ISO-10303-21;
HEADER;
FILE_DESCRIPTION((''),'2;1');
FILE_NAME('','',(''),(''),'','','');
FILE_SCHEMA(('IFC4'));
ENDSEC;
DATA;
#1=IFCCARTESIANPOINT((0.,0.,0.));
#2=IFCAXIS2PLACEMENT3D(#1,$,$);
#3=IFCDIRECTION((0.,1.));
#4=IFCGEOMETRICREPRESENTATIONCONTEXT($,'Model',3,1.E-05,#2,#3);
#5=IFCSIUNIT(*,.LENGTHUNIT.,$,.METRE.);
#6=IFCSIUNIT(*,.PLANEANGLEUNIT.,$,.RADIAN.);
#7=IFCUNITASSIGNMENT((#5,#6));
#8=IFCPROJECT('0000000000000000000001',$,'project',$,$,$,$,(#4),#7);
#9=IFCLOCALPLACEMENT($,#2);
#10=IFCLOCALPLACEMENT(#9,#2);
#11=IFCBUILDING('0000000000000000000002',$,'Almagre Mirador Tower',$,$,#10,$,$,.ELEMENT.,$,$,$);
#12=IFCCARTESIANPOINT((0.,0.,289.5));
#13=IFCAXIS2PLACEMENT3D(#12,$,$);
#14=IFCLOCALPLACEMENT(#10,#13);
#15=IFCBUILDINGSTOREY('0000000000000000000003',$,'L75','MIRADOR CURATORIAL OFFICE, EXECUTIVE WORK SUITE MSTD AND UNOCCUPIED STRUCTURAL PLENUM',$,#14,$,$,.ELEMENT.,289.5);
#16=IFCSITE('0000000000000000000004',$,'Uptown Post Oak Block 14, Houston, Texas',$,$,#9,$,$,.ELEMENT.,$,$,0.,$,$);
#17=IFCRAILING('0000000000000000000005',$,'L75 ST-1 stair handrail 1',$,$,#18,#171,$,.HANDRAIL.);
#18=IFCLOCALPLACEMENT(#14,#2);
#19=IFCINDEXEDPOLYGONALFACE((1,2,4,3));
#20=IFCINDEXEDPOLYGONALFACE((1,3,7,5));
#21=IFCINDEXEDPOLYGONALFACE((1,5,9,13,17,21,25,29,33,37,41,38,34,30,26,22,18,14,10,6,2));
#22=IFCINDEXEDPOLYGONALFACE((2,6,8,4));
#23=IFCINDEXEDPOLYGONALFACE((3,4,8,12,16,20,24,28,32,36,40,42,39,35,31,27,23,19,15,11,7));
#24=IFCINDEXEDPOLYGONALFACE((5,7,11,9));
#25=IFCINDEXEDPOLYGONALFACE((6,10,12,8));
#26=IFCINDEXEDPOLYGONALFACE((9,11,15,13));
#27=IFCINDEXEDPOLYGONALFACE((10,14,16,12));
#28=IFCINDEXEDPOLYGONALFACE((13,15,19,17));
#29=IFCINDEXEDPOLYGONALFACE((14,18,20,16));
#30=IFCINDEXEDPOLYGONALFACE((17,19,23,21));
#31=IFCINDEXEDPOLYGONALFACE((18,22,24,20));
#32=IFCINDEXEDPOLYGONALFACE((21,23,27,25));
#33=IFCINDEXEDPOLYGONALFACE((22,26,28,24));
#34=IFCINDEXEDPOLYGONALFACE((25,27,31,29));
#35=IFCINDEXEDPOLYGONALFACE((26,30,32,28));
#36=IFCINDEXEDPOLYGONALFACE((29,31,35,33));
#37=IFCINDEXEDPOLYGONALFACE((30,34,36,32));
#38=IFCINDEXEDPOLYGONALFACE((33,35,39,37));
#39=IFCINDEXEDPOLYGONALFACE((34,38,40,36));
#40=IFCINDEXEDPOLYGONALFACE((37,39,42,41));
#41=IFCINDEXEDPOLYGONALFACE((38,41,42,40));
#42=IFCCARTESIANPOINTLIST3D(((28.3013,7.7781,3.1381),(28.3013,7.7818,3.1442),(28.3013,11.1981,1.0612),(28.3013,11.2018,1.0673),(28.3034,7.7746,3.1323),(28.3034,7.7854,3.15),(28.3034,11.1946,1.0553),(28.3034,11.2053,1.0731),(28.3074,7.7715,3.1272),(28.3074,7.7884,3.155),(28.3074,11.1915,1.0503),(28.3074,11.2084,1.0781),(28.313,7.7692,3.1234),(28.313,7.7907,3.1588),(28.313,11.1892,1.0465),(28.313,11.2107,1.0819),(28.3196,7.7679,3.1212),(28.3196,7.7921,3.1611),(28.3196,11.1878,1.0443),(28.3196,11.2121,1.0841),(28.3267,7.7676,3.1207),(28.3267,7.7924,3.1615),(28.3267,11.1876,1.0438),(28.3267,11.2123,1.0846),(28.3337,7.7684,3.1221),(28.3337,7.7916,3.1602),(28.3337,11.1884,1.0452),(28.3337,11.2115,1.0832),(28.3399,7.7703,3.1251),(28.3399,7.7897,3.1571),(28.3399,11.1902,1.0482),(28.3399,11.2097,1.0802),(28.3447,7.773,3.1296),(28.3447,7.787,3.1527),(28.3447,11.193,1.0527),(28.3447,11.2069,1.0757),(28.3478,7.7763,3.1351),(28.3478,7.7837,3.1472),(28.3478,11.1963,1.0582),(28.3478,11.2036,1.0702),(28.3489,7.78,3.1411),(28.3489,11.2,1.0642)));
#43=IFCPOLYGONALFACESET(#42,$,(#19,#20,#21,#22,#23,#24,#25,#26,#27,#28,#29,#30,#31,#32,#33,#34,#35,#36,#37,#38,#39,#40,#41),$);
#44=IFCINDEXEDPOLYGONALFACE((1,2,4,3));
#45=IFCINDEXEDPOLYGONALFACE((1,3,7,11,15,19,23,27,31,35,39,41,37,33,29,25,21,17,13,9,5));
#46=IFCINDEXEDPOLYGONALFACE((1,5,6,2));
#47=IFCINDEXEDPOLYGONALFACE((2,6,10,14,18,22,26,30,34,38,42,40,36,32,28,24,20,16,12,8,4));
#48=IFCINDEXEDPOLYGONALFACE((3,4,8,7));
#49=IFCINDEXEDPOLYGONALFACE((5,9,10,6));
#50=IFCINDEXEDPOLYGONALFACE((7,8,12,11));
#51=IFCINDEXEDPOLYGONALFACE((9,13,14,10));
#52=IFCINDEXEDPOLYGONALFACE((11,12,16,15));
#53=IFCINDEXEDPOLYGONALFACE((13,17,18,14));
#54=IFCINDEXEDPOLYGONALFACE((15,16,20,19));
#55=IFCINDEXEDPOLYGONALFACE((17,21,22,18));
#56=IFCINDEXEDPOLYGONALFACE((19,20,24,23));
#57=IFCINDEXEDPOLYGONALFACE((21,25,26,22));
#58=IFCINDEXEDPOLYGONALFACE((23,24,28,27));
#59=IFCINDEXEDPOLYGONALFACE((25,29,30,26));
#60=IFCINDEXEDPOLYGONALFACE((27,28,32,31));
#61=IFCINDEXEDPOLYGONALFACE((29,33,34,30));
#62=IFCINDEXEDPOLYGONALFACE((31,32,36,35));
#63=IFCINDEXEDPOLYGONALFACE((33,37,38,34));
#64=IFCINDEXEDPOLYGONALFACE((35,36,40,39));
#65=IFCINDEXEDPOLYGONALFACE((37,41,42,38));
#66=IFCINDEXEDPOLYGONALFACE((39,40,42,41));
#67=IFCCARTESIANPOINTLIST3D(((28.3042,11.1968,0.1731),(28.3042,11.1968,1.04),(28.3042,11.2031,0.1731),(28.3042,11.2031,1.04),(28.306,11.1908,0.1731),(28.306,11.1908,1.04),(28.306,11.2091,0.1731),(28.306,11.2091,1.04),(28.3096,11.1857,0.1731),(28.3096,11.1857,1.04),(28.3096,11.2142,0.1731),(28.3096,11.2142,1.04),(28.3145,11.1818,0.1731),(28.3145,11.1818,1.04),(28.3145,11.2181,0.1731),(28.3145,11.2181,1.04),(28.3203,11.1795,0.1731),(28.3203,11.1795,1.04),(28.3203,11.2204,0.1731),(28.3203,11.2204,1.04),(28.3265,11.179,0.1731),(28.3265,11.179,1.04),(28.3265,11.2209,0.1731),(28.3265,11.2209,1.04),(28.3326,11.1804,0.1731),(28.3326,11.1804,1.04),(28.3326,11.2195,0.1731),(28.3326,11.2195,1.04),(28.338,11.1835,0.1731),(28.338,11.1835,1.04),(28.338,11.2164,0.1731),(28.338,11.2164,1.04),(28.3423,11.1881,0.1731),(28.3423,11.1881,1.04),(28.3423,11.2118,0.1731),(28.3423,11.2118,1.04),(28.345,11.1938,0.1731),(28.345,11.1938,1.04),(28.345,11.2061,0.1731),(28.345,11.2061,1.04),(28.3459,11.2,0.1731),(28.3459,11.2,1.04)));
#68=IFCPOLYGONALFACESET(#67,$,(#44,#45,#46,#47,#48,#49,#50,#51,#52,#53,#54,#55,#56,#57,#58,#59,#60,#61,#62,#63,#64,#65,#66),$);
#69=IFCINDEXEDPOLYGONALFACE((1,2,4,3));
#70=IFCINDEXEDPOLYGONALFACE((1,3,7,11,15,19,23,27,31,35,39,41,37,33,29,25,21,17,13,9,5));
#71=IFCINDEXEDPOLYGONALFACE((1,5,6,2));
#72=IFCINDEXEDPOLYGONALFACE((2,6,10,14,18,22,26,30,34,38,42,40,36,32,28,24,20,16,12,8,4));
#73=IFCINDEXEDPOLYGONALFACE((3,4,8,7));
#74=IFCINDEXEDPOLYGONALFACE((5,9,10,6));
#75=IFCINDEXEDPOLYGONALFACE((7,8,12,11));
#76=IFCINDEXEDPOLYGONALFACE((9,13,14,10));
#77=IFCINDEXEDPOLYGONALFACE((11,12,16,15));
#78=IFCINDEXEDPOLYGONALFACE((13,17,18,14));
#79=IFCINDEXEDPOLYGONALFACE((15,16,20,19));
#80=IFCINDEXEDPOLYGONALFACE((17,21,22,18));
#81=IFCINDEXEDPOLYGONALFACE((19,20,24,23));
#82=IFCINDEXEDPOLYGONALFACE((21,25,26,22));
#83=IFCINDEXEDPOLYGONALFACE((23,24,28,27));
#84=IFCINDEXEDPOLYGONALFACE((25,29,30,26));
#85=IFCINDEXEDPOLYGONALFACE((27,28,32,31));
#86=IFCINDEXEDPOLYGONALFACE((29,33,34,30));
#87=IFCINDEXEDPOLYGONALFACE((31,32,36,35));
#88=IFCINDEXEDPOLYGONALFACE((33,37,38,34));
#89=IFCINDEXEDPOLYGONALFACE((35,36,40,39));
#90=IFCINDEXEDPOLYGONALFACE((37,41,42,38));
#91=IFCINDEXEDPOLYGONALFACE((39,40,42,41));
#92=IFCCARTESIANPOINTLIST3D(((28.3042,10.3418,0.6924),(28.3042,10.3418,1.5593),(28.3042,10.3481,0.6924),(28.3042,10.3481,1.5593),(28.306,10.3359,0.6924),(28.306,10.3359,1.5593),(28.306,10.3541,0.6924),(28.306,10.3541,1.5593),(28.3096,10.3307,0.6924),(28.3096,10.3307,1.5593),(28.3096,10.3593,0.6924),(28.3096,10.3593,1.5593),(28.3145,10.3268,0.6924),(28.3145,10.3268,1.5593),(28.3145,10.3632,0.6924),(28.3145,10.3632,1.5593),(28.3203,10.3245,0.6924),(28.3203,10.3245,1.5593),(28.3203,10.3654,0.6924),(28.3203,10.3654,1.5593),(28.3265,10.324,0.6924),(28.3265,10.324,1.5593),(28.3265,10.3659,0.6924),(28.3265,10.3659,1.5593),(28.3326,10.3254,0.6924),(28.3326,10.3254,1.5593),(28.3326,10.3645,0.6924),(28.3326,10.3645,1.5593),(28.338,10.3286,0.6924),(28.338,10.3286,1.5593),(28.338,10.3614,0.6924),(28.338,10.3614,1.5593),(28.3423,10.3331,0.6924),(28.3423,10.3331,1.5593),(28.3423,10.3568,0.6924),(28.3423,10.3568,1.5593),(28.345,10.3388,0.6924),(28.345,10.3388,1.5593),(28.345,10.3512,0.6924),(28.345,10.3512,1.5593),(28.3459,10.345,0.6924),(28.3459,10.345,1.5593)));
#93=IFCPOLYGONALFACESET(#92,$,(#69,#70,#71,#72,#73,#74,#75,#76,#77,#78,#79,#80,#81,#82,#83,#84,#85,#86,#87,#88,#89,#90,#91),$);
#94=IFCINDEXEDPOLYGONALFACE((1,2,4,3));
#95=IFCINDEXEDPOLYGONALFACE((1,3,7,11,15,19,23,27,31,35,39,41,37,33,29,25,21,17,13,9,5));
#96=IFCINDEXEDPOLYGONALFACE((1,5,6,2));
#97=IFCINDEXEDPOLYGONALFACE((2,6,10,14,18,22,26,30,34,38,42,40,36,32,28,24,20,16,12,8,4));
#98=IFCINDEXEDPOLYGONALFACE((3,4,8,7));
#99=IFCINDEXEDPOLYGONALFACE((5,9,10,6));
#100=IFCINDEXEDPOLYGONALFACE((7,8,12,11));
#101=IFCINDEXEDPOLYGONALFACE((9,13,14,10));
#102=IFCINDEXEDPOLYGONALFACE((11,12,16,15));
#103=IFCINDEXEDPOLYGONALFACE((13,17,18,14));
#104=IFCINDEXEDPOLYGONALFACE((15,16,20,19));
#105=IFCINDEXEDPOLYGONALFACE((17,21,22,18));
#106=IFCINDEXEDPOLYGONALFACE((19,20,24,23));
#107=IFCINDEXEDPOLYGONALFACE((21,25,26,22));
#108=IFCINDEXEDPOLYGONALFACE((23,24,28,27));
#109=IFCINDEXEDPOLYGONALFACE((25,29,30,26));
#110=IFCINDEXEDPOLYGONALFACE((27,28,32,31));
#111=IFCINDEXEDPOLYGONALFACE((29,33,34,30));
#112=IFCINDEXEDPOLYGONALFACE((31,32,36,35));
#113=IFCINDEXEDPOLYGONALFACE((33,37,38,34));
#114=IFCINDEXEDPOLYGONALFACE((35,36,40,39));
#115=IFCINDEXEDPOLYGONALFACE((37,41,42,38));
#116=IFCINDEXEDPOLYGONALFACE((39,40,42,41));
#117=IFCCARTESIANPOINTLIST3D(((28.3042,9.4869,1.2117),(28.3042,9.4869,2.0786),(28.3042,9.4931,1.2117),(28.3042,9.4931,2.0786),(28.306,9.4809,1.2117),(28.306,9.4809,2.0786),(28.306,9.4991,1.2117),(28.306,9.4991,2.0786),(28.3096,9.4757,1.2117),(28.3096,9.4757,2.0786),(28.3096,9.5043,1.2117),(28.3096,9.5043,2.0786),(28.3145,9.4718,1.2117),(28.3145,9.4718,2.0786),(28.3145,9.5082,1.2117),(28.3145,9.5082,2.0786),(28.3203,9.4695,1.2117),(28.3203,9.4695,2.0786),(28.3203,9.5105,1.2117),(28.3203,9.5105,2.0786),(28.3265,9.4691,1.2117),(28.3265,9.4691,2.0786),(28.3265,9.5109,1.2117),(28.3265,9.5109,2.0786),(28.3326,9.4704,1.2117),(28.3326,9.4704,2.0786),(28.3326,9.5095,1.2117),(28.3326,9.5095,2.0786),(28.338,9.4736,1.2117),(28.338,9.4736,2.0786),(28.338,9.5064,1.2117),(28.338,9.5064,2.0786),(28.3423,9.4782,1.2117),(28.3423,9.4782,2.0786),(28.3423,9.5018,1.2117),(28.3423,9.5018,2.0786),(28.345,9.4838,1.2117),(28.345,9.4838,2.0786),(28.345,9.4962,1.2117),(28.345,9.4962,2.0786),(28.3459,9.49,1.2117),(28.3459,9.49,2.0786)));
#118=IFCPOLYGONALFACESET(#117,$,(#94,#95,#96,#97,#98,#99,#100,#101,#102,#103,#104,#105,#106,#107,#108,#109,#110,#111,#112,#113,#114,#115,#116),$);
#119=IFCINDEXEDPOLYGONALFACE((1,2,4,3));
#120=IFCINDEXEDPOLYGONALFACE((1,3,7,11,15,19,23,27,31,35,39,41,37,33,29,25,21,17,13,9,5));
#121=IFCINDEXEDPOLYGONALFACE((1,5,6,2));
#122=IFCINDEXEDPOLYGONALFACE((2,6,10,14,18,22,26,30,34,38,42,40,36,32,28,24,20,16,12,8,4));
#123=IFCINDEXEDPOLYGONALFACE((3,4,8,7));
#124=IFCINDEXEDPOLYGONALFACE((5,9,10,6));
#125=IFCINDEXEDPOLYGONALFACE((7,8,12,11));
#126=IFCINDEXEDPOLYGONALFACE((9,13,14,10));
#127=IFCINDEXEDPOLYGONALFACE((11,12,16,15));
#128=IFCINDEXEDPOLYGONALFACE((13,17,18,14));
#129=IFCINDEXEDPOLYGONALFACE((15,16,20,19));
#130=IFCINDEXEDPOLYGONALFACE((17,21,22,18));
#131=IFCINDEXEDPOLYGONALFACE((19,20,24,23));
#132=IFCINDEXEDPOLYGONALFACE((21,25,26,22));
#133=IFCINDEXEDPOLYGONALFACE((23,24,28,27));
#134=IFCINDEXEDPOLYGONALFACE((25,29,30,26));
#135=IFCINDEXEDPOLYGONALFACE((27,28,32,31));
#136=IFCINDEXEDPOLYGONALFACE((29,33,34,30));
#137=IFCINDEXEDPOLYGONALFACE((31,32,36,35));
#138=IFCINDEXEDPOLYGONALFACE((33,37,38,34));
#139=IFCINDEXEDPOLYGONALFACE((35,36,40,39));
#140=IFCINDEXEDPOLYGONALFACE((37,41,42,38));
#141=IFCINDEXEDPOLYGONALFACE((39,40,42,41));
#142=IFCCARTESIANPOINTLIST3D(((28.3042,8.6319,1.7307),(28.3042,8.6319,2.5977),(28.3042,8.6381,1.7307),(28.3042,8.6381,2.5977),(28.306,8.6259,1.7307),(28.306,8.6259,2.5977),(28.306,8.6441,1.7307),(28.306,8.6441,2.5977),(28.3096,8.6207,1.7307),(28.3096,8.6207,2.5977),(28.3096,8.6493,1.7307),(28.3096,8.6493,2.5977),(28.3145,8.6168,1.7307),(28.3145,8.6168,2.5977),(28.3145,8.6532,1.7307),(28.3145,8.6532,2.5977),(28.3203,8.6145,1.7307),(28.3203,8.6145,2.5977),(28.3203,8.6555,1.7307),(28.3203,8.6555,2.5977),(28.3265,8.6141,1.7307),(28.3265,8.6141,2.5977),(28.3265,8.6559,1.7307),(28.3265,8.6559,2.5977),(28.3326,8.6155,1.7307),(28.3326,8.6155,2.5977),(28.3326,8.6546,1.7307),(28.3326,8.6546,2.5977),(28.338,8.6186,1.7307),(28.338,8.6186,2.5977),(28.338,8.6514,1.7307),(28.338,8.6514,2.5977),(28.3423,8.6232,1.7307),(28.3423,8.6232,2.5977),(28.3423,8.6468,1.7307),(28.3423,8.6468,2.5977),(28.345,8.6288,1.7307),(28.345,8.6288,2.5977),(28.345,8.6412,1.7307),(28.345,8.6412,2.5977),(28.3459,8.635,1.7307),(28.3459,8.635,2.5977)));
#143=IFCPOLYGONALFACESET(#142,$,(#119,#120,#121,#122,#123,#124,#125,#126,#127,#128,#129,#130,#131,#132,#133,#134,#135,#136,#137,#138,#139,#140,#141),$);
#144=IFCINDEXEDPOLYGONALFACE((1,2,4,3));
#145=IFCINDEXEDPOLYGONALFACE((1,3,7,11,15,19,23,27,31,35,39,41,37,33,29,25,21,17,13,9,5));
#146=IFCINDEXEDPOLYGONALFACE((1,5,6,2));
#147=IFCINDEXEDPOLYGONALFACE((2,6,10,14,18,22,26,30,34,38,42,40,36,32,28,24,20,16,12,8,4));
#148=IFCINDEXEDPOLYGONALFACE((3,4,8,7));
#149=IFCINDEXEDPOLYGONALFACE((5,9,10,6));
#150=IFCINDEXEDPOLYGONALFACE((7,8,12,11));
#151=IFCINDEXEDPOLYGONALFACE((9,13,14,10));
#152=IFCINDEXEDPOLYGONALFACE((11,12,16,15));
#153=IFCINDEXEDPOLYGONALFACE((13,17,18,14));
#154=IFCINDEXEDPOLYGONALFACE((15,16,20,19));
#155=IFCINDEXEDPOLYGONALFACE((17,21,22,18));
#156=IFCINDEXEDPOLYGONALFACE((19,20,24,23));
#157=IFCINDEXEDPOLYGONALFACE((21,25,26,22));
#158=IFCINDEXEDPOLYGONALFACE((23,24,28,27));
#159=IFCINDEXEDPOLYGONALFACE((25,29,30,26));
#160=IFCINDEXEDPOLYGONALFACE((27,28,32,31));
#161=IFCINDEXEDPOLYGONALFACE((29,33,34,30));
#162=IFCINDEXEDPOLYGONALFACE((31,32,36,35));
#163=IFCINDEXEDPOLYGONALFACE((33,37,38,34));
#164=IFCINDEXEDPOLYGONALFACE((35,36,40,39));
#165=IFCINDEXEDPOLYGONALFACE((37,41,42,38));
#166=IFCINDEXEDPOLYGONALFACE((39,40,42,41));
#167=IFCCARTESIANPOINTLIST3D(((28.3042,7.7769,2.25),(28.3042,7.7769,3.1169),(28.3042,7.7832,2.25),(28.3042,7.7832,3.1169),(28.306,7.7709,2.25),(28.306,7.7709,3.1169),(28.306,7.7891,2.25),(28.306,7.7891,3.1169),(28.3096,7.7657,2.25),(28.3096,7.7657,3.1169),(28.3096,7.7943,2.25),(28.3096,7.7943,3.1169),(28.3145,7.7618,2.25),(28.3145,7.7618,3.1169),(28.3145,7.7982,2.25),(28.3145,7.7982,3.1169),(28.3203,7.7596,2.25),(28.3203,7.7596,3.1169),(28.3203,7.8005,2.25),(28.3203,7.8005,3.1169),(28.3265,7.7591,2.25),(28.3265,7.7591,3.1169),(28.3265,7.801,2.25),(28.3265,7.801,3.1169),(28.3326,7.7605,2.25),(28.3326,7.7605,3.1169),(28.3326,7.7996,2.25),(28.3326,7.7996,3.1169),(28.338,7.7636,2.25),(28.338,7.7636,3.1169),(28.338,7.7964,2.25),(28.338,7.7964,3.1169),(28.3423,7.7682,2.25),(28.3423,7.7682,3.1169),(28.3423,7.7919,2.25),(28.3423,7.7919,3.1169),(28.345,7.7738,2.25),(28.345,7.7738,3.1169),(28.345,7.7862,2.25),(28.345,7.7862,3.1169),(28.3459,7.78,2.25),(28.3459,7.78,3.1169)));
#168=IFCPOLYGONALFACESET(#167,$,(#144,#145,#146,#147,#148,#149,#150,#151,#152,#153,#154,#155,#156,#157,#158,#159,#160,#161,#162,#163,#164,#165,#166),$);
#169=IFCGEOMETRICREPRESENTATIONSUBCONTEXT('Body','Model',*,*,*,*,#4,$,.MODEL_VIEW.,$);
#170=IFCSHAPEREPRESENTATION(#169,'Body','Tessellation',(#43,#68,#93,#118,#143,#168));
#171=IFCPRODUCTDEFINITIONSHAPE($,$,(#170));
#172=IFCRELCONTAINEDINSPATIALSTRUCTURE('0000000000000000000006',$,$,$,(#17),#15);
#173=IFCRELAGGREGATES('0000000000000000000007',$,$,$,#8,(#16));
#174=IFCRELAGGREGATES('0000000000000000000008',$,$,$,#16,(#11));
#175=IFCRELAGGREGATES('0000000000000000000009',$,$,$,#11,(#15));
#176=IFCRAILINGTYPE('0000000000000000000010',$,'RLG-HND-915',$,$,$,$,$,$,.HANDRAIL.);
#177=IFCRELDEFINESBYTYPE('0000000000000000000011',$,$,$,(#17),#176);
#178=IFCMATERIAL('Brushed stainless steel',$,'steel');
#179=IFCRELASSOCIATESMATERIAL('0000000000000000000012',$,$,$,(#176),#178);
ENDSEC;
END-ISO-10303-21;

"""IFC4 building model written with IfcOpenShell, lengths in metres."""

from ifc_helpers import new_model, si_unit, direction, frame, origin, origin_2d, place, context, subcontext, project, spatial, circle, extrude, material, type_object, element, save


model = new_model("IFC4")

# Units and contexts
model_context = context("Model", 3, precision=1e-05, world=origin(), true_north=direction((0.0, 1.0)))
body_context = subcontext(model_context, "Body", "Model", "MODEL_VIEW")
ifc_project = project(units=[si_unit("LENGTHUNIT", "METRE"), si_unit("PLANEANGLEUNIT", "RADIAN")], contexts=[model_context])

# Site, building, storey
site_placement = place(None, origin())
site = spatial("IfcSite", under=ifc_project, at=site_placement, Name="Uptown Post Oak Block 14, Houston, Texas", CompositionType="ELEMENT", RefElevation=0.0)
building_placement = place(site_placement, origin())
building = spatial("IfcBuilding", under=site, at=building_placement, Name="Almagre Mirador Tower", CompositionType="ELEMENT")
storey_placement = place(building_placement, frame((0.0, 0.0, 289.5)))
storey = spatial("IfcBuildingStorey", under=building, at=storey_placement, Name="L75", Description="MIRADOR CURATORIAL OFFICE, EXECUTIVE WORK SUITE MSTD AND UNOCCUPIED STRUCTURAL PLENUM", CompositionType="ELEMENT", Elevation=289.5)

# Railing
ifc_material_1 = material(Name="Brushed stainless steel", Category="steel")
railing_type_1 = type_object("IfcRailingType", Name="RLG-HND-915", PredefinedType="HANDRAIL", material=ifc_material_1)
railing_1_placement = place(storey_placement, frame((28.325, 11.2, 0.1731)))
element("IfcRailing", 1, at=railing_1_placement, inside=storey, type_object=railing_type_1, Name="L75 ST-1 stair handrail 1", PredefinedType="HANDRAIL", context=body_context, shape_type="SweptSolid", body=[
    extrude(circle(Radius=0.0239, at=origin_2d()), frame((0.0, 0.0, 0.8911), z_axis=(0.0, -0.85473, 0.519074), x_axis=(1.0, 0.0, 0.0)), (0.0, 0.0, 1.0), 4.0012),
    extrude(circle(Radius=0.021, at=origin_2d()), origin(), (0.0, 0.0, 1.0), 0.8669),
    extrude(circle(Radius=0.021, at=origin_2d()), frame((0.0, -0.855, 0.5193)), (0.0, 0.0, 1.0), 0.8669),
    extrude(circle(Radius=0.021, at=origin_2d()), frame((0.0, -1.71, 1.0386)), (0.0, 0.0, 1.0), 0.8669),
    extrude(circle(Radius=0.021, at=origin_2d()), frame((0.0, -2.5649, 1.5576)), (0.0, 0.0, 1.0), 0.8669),
    extrude(circle(Radius=0.021, at=origin_2d()), frame((0.0, -3.4199, 2.0769)), (0.0, 0.0, 1.0), 0.8669),
])

save(model, "model.ifc")
